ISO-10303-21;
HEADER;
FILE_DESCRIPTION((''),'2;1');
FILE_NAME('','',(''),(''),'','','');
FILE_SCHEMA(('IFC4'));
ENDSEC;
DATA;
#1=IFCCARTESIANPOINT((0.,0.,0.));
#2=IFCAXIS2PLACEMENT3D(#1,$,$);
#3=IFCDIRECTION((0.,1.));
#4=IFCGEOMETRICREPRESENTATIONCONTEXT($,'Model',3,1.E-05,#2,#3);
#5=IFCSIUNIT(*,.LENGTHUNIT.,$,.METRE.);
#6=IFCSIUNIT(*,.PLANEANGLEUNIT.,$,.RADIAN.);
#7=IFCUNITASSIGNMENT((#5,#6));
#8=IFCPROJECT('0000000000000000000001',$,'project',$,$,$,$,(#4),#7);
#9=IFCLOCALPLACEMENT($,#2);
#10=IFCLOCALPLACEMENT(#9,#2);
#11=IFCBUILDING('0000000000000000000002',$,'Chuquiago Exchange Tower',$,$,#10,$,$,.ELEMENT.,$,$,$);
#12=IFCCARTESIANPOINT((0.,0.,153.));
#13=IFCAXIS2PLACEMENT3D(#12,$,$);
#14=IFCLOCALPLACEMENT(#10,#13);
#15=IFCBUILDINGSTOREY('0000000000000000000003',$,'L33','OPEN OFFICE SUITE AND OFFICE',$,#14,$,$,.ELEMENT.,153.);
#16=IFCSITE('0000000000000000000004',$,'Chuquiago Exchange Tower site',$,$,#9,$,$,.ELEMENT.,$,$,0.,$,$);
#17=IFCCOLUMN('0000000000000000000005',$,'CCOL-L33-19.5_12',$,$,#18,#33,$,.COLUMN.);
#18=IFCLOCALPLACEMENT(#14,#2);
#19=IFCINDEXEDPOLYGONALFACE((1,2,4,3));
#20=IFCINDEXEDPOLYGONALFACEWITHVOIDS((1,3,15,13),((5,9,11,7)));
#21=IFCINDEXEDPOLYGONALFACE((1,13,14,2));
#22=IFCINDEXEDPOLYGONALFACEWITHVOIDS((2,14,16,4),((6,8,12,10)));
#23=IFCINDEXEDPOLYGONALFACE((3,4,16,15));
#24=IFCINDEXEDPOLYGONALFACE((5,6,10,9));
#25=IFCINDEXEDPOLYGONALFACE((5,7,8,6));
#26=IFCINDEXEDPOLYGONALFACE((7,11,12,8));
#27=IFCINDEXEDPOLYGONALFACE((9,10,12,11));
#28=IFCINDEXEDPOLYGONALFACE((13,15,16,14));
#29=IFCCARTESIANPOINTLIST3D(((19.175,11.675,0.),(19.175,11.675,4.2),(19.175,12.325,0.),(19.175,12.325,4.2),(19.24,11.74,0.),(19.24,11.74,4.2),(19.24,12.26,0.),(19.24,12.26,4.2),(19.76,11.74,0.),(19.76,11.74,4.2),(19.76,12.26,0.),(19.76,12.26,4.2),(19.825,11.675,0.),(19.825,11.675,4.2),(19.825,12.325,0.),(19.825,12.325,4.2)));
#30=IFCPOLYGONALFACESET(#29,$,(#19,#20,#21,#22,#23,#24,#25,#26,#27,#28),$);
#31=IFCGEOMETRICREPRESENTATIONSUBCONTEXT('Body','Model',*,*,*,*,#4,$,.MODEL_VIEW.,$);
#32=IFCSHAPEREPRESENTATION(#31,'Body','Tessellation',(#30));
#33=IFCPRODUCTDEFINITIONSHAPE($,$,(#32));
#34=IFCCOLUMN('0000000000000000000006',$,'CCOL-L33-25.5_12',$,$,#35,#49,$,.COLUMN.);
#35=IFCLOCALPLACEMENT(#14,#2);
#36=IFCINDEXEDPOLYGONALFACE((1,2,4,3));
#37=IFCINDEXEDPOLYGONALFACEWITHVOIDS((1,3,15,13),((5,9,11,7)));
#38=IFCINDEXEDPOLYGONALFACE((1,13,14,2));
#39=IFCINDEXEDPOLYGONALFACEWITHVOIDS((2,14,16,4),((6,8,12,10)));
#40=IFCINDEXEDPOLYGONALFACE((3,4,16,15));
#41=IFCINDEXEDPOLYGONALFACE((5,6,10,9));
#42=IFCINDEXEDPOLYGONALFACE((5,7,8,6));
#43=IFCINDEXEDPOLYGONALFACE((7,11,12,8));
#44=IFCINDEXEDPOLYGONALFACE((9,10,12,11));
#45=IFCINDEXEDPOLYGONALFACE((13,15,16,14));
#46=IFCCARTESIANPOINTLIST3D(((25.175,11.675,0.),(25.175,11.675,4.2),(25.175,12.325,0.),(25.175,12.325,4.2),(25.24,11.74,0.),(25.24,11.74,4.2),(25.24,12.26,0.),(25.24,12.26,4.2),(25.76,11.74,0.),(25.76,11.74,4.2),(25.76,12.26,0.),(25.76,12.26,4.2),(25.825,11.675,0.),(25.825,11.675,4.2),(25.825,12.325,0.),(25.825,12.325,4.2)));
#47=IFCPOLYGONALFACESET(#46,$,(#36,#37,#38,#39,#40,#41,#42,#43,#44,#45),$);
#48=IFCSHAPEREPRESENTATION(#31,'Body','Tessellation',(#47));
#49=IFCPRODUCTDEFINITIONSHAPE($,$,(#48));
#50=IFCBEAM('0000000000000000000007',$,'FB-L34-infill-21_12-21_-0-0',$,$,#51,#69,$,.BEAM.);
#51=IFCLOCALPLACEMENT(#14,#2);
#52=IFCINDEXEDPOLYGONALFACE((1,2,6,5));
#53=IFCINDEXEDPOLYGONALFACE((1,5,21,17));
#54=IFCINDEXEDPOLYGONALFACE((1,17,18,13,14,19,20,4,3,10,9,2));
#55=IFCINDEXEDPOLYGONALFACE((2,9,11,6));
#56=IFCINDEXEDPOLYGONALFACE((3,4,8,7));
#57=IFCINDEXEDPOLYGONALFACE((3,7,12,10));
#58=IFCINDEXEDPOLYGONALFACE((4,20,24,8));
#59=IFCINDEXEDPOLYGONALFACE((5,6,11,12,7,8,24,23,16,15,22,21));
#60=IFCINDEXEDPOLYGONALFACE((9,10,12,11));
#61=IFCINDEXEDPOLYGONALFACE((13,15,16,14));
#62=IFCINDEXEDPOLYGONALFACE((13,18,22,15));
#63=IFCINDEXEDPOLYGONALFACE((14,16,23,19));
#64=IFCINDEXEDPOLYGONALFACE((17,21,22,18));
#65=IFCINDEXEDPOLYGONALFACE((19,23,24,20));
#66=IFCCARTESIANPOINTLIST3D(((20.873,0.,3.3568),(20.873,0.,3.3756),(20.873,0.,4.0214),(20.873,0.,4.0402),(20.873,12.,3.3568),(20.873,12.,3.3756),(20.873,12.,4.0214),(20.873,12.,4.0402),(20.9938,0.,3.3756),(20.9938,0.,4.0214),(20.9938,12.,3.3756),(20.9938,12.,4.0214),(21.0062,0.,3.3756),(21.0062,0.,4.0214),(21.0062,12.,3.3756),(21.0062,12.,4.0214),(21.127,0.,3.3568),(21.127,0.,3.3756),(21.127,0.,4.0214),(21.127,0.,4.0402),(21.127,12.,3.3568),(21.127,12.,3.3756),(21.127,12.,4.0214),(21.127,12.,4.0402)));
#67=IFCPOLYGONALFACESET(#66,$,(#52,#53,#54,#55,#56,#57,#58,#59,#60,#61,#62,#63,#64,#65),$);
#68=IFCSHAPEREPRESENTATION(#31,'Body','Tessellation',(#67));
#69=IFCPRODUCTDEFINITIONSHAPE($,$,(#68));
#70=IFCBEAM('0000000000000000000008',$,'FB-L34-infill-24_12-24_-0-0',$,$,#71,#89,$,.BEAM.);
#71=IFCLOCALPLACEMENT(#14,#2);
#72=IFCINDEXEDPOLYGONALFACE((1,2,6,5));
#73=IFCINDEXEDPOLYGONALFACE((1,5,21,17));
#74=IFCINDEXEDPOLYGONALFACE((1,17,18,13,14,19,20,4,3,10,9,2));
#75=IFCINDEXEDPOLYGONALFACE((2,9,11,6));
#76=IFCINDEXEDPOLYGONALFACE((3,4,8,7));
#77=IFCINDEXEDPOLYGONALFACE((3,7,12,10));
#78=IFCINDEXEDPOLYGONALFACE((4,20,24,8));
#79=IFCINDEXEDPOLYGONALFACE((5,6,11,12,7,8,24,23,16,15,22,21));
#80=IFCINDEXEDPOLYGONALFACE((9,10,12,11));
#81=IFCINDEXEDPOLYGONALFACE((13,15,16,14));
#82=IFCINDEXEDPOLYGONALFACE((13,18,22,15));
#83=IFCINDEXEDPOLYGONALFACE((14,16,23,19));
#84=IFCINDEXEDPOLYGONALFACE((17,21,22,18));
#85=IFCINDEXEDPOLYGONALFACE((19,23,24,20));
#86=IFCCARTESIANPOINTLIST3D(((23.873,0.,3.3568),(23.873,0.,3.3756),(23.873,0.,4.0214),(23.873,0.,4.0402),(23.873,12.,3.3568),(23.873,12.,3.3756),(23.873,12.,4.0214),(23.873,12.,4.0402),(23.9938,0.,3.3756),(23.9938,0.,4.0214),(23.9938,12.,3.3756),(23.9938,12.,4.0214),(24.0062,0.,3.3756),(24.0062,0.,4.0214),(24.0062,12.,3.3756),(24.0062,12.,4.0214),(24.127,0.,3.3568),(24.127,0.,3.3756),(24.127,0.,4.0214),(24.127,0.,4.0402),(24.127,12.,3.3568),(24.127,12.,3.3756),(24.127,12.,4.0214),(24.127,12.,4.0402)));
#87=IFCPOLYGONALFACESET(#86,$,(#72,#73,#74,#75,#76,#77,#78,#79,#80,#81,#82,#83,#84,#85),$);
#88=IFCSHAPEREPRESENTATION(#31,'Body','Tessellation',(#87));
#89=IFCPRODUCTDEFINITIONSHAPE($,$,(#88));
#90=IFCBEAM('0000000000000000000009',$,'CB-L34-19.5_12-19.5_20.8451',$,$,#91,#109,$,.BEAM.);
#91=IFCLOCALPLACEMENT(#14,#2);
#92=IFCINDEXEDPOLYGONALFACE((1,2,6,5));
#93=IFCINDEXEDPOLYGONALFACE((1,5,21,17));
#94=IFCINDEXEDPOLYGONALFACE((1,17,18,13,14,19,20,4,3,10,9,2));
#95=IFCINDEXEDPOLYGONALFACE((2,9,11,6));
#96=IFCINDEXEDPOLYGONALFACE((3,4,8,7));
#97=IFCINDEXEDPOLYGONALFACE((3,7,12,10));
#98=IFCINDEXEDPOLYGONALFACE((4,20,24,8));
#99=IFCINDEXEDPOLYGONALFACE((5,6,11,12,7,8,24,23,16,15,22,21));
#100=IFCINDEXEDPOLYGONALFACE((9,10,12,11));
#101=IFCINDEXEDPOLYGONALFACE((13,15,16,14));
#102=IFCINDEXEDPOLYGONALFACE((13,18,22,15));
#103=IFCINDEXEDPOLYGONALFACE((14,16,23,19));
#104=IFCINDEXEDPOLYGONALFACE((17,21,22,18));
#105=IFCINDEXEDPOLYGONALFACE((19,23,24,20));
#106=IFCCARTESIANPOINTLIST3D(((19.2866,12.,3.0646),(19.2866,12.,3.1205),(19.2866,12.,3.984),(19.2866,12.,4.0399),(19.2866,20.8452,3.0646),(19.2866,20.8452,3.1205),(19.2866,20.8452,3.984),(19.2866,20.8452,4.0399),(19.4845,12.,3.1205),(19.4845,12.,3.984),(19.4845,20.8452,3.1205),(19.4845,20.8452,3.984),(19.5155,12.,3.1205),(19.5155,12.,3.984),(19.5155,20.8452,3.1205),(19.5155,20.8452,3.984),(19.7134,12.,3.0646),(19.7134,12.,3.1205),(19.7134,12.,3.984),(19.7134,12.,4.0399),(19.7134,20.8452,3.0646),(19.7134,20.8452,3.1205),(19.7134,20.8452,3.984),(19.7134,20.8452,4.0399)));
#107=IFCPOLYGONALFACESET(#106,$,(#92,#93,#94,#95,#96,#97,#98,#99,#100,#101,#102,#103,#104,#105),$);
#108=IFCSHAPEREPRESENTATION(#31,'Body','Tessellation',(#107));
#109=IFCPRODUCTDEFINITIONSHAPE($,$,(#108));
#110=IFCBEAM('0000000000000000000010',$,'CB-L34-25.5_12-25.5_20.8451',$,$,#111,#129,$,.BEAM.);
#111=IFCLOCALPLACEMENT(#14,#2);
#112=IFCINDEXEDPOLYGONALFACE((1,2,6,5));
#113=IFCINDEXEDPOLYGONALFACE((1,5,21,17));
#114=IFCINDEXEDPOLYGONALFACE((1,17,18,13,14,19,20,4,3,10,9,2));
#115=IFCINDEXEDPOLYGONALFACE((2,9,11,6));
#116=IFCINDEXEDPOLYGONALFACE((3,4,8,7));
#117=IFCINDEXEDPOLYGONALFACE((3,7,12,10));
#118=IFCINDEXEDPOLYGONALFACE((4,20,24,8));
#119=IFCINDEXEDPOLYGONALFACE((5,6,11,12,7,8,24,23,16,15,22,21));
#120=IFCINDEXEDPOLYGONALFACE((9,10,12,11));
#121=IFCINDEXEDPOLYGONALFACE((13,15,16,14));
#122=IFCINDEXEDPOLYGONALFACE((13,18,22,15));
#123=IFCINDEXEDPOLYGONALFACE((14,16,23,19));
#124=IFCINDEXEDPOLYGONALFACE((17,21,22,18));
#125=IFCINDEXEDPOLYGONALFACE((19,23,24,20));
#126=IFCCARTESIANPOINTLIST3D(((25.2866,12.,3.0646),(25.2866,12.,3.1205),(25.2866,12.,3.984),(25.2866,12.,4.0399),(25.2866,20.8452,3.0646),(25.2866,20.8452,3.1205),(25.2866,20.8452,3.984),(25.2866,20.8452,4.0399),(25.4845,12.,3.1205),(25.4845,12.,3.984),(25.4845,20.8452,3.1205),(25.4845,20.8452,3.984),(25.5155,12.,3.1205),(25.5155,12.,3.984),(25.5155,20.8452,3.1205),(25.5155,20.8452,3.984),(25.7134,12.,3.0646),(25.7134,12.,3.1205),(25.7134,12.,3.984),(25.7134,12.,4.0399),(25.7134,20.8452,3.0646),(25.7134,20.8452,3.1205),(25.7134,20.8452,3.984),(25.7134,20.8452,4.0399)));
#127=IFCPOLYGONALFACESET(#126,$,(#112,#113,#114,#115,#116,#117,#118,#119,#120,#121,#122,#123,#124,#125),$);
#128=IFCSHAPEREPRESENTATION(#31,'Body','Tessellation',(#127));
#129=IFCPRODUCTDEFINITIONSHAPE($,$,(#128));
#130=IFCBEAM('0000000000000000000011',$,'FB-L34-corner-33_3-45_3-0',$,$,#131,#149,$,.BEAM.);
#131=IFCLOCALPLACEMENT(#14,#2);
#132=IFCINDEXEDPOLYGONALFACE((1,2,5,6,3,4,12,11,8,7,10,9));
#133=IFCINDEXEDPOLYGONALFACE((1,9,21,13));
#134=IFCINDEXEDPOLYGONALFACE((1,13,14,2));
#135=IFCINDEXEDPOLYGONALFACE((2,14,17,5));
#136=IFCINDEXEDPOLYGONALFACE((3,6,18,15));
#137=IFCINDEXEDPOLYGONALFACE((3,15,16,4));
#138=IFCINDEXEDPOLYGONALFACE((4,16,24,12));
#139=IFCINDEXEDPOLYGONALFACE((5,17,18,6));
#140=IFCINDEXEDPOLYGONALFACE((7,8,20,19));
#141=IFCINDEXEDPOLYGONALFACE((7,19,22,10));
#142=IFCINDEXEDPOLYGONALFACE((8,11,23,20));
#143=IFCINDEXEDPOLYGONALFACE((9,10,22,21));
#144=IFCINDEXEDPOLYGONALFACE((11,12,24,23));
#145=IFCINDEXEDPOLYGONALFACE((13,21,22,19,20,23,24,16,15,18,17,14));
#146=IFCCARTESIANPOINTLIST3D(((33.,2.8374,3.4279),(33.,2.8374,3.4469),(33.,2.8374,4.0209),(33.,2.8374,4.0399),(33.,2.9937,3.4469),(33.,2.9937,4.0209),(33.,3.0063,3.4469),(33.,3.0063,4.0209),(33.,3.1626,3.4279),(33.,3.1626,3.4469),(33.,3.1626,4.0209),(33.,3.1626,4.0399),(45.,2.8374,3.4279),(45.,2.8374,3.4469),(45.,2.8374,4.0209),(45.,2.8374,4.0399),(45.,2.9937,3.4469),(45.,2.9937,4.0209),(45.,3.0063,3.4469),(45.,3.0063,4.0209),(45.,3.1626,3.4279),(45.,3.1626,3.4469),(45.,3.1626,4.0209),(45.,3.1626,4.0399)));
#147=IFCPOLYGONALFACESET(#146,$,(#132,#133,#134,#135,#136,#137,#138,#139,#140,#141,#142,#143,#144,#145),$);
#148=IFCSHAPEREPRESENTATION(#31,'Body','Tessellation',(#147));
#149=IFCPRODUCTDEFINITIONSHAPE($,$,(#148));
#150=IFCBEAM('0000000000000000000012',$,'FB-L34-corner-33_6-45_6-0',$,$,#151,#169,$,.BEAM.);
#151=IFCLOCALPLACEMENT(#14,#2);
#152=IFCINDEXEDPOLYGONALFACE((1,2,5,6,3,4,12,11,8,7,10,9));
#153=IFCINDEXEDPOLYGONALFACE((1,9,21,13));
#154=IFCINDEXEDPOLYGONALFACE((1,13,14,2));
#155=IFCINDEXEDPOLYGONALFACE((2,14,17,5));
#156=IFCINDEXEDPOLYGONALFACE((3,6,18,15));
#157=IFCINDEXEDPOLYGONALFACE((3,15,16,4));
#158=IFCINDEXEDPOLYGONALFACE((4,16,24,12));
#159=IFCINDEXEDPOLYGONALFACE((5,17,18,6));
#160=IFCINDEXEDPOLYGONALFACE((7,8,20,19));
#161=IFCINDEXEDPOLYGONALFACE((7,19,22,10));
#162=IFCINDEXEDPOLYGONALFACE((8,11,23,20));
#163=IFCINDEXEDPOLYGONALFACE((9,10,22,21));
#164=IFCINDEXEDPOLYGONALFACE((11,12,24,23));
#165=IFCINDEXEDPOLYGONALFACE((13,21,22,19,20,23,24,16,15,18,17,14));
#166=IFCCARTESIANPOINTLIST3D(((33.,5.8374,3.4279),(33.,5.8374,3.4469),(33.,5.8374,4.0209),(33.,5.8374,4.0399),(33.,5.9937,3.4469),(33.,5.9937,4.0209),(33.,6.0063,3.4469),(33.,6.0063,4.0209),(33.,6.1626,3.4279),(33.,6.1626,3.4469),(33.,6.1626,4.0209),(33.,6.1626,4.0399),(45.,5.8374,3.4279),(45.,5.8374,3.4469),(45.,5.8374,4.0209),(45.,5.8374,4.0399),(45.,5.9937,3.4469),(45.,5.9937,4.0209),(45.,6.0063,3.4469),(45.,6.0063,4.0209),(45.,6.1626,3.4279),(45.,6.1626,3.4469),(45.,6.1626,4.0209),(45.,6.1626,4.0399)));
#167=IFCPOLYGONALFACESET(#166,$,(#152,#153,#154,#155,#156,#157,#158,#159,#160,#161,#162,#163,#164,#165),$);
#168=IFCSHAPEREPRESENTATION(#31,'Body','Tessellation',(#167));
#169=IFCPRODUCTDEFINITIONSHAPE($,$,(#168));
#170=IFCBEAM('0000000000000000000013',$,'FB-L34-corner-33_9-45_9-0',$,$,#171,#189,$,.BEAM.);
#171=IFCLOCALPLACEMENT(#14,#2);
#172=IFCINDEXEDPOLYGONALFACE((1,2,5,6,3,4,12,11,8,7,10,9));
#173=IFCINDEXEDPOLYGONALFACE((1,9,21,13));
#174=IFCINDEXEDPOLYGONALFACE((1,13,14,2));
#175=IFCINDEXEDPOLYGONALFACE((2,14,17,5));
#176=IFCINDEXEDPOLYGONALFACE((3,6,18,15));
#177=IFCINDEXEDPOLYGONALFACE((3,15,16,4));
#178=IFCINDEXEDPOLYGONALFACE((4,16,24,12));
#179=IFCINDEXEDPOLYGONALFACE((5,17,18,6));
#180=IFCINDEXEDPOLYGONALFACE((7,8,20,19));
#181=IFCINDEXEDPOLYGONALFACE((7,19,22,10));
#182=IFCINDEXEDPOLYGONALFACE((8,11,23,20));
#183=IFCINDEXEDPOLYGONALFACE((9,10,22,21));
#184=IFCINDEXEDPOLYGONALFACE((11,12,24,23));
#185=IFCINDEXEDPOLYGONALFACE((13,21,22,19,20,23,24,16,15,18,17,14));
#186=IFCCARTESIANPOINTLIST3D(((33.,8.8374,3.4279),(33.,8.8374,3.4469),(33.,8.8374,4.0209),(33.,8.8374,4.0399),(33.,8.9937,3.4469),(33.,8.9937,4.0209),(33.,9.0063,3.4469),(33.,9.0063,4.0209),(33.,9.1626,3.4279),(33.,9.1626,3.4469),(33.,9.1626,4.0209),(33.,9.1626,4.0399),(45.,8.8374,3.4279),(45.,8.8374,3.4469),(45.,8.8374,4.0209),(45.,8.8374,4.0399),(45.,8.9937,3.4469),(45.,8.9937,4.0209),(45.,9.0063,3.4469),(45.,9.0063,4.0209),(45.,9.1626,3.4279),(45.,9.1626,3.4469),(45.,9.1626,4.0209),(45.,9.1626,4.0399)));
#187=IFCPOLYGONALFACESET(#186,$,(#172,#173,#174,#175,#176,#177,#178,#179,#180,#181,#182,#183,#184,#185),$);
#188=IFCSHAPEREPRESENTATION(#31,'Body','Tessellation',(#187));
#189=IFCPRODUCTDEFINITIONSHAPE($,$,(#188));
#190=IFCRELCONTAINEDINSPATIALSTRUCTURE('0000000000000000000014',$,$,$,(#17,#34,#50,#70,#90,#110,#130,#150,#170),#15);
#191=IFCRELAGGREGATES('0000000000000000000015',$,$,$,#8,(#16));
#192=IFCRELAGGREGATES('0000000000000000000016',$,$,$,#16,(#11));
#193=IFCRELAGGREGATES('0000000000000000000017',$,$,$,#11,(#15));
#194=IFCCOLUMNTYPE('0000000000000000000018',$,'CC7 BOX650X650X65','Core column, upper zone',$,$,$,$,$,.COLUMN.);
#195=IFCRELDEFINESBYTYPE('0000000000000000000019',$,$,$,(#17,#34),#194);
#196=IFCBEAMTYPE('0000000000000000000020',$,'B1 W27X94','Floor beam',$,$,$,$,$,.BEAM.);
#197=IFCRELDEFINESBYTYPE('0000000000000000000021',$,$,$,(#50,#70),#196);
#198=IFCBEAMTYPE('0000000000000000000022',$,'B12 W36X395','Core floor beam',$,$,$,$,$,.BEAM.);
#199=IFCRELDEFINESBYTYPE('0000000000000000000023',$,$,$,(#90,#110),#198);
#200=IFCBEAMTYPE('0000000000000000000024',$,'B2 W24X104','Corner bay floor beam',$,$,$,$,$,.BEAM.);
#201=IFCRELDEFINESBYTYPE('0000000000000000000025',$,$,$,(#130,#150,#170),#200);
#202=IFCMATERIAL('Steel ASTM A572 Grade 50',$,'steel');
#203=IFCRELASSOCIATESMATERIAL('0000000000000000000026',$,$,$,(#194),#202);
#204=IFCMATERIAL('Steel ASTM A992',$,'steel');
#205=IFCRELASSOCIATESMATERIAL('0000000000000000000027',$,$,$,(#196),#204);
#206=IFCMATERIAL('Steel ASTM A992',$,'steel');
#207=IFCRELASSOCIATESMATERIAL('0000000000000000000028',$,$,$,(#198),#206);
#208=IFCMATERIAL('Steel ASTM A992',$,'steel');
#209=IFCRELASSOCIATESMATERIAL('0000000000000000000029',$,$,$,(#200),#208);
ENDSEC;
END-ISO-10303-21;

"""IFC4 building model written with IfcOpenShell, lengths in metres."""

from ifc_helpers import new_model, si_unit, direction, frame, origin, origin_2d, place, context, subcontext, project, spatial, hollow_rectangle, i_section, extrude, material, material_profile, profile_set, type_object, element, save


model = new_model("IFC4")

# Units and contexts
model_context = context("Model", 3, precision=1e-05, world=origin(), true_north=direction((0.0, 1.0)))
body_context = subcontext(model_context, "Body", "Model", "MODEL_VIEW")
ifc_project = project(units=[si_unit("LENGTHUNIT", "METRE"), si_unit("PLANEANGLEUNIT", "RADIAN")], contexts=[model_context])

# Site, building, storey
site_placement = place(None, origin())
site = spatial("IfcSite", under=ifc_project, at=site_placement, Name="Chuquiago Exchange Tower site", CompositionType="ELEMENT", RefElevation=0.0)
building_placement = place(site_placement, origin())
building = spatial("IfcBuilding", under=site, at=building_placement, Name="Chuquiago Exchange Tower", CompositionType="ELEMENT")
storey_placement = place(building_placement, frame((0.0, 0.0, 153.0)))
storey = spatial("IfcBuildingStorey", under=building, at=storey_placement, Name="L33", Description="OPEN OFFICE SUITE AND OFFICE", CompositionType="ELEMENT", Elevation=153.0)

# Columns
ifc_material_1 = material(Name="Steel ASTM A572 Grade 50", Category="steel")
ifc_material_profile_1 = material_profile(ifc_material_1, hollow_rectangle(XDim=0.6499, YDim=0.6499, WallThickness=0.0649, at=origin_2d()), Name="BOX650X650X65")
ifc_profile_set_1 = profile_set([ifc_material_profile_1], Name="Steel ASTM A572 Grade 50")
column_type = type_object("IfcColumnType", Name="CC7 BOX650X650X65", Description="Core column, upper zone", PredefinedType="COLUMN", material=ifc_profile_set_1)
for number, where, z_axis, x_axis, name in (
    (1, (19.5, 12.0, 0.0), (0.0, 0.0, 1.0), (1.0, 0.0, 0.0), "CCOL-L33-19.5_12"),
    (2, (25.5, 12.0, 0.0), (0.0, 0.0, 1.0), (1.0, 0.0, 0.0), "CCOL-L33-25.5_12"),
):
    element("IfcColumn", number, at=place(storey_placement, frame(where, z_axis=z_axis, x_axis=x_axis)), inside=storey, type_object=column_type, Name=name, PredefinedType="COLUMN", context=body_context, shape_type="SweptSolid", body=[
        extrude(hollow_rectangle(XDim=0.6499, YDim=0.6499, WallThickness=0.0649, at=origin_2d()), origin(), (0.0, 0.0, 1.0), 4.2),
    ])

# Beams
ifc_material_2 = material(Name="Steel ASTM A992", Category="steel")
ifc_material_profile_2 = material_profile(ifc_material_2, i_section(OverallWidth=0.2539, OverallDepth=0.6833, WebThickness=0.0125, FlangeThickness=0.0188, at=origin_2d()), Name="W27X94")
ifc_profile_set_2 = profile_set([ifc_material_profile_2], Name="Steel ASTM A992")
beam_type_1 = type_object("IfcBeamType", Name="B1 W27X94", Description="Floor beam", PredefinedType="BEAM", material=ifc_profile_set_2)
for number, where, z_axis, x_axis, name in (
    (3, (21.0, 12.0, 3.6985), (0.0, -1.0, 0.0), (1.0, 0.0, 0.0), "FB-L34-infill-21_12-21_-0-0"),
    (4, (24.0, 12.0, 3.6985), (0.0, -1.0, 0.0), (1.0, 0.0, 0.0), "FB-L34-infill-24_12-24_-0-0"),
):
    element("IfcBeam", number, at=place(storey_placement, frame(where, z_axis=z_axis, x_axis=x_axis)), inside=storey, type_object=beam_type_1, Name=name, PredefinedType="BEAM", context=body_context, shape_type="SweptSolid", body=[
        extrude(i_section(OverallWidth=0.2539, OverallDepth=0.6833, WebThickness=0.0125, FlangeThickness=0.0188, at=origin_2d()), origin(), (0.0, 0.0, 1.0), 12.0),
    ])
ifc_material_3 = material(Name="Steel ASTM A992", Category="steel")
ifc_material_profile_3 = material_profile(ifc_material_3, i_section(OverallWidth=0.4268, OverallDepth=0.9753, WebThickness=0.031, FlangeThickness=0.0559, at=origin_2d()), Name="W36X395")
ifc_profile_set_3 = profile_set([ifc_material_profile_3], Name="Steel ASTM A992")
beam_type_2 = type_object("IfcBeamType", Name="B12 W36X395", Description="Core floor beam", PredefinedType="BEAM", material=ifc_profile_set_3)
for number, where, z_axis, x_axis, name in (
    (5, (19.5, 12.0, 3.5522), (0.0, 1.0, 0.0), (-1.0, 0.0, 0.0), "CB-L34-19.5_12-19.5_20.8451"),
    (6, (25.5, 12.0, 3.5522), (0.0, 1.0, 0.0), (-1.0, 0.0, 0.0), "CB-L34-25.5_12-25.5_20.8451"),
):
    element("IfcBeam", number, at=place(storey_placement, frame(where, z_axis=z_axis, x_axis=x_axis)), inside=storey, type_object=beam_type_2, Name=name, PredefinedType="BEAM", context=body_context, shape_type="SweptSolid", body=[
        extrude(i_section(OverallWidth=0.4268, OverallDepth=0.9753, WebThickness=0.031, FlangeThickness=0.0559, at=origin_2d()), origin(), (0.0, 0.0, 1.0), 8.8452),
    ])
ifc_material_4 = material(Name="Steel ASTM A992", Category="steel")
ifc_material_profile_4 = material_profile(ifc_material_4, i_section(OverallWidth=0.3252, OverallDepth=0.6121, WebThickness=0.0127, FlangeThickness=0.019, at=origin_2d()), Name="W24X104")
ifc_profile_set_4 = profile_set([ifc_material_profile_4], Name="Steel ASTM A992")
beam_type_3 = type_object("IfcBeamType", Name="B2 W24X104", Description="Corner bay floor beam", PredefinedType="BEAM", material=ifc_profile_set_4)
for number, where, z_axis, x_axis, name in (
    (7, (33.0, 3.0, 3.7339), (1.0, 0.0, 0.0), (0.0, 1.0, 0.0), "FB-L34-corner-33_3-45_3-0"),
    (8, (33.0, 6.0, 3.7339), (1.0, 0.0, 0.0), (0.0, 1.0, 0.0), "FB-L34-corner-33_6-45_6-0"),
    (9, (33.0, 9.0, 3.7339), (1.0, 0.0, 0.0), (0.0, 1.0, 0.0), "FB-L34-corner-33_9-45_9-0"),
):
    element("IfcBeam", number, at=place(storey_placement, frame(where, z_axis=z_axis, x_axis=x_axis)), inside=storey, type_object=beam_type_3, Name=name, PredefinedType="BEAM", context=body_context, shape_type="SweptSolid", body=[
        extrude(i_section(OverallWidth=0.3252, OverallDepth=0.6121, WebThickness=0.0127, FlangeThickness=0.019, at=origin_2d()), origin(), (0.0, 0.0, 1.0), 12.0),
    ])

save(model, "model.ifc")
